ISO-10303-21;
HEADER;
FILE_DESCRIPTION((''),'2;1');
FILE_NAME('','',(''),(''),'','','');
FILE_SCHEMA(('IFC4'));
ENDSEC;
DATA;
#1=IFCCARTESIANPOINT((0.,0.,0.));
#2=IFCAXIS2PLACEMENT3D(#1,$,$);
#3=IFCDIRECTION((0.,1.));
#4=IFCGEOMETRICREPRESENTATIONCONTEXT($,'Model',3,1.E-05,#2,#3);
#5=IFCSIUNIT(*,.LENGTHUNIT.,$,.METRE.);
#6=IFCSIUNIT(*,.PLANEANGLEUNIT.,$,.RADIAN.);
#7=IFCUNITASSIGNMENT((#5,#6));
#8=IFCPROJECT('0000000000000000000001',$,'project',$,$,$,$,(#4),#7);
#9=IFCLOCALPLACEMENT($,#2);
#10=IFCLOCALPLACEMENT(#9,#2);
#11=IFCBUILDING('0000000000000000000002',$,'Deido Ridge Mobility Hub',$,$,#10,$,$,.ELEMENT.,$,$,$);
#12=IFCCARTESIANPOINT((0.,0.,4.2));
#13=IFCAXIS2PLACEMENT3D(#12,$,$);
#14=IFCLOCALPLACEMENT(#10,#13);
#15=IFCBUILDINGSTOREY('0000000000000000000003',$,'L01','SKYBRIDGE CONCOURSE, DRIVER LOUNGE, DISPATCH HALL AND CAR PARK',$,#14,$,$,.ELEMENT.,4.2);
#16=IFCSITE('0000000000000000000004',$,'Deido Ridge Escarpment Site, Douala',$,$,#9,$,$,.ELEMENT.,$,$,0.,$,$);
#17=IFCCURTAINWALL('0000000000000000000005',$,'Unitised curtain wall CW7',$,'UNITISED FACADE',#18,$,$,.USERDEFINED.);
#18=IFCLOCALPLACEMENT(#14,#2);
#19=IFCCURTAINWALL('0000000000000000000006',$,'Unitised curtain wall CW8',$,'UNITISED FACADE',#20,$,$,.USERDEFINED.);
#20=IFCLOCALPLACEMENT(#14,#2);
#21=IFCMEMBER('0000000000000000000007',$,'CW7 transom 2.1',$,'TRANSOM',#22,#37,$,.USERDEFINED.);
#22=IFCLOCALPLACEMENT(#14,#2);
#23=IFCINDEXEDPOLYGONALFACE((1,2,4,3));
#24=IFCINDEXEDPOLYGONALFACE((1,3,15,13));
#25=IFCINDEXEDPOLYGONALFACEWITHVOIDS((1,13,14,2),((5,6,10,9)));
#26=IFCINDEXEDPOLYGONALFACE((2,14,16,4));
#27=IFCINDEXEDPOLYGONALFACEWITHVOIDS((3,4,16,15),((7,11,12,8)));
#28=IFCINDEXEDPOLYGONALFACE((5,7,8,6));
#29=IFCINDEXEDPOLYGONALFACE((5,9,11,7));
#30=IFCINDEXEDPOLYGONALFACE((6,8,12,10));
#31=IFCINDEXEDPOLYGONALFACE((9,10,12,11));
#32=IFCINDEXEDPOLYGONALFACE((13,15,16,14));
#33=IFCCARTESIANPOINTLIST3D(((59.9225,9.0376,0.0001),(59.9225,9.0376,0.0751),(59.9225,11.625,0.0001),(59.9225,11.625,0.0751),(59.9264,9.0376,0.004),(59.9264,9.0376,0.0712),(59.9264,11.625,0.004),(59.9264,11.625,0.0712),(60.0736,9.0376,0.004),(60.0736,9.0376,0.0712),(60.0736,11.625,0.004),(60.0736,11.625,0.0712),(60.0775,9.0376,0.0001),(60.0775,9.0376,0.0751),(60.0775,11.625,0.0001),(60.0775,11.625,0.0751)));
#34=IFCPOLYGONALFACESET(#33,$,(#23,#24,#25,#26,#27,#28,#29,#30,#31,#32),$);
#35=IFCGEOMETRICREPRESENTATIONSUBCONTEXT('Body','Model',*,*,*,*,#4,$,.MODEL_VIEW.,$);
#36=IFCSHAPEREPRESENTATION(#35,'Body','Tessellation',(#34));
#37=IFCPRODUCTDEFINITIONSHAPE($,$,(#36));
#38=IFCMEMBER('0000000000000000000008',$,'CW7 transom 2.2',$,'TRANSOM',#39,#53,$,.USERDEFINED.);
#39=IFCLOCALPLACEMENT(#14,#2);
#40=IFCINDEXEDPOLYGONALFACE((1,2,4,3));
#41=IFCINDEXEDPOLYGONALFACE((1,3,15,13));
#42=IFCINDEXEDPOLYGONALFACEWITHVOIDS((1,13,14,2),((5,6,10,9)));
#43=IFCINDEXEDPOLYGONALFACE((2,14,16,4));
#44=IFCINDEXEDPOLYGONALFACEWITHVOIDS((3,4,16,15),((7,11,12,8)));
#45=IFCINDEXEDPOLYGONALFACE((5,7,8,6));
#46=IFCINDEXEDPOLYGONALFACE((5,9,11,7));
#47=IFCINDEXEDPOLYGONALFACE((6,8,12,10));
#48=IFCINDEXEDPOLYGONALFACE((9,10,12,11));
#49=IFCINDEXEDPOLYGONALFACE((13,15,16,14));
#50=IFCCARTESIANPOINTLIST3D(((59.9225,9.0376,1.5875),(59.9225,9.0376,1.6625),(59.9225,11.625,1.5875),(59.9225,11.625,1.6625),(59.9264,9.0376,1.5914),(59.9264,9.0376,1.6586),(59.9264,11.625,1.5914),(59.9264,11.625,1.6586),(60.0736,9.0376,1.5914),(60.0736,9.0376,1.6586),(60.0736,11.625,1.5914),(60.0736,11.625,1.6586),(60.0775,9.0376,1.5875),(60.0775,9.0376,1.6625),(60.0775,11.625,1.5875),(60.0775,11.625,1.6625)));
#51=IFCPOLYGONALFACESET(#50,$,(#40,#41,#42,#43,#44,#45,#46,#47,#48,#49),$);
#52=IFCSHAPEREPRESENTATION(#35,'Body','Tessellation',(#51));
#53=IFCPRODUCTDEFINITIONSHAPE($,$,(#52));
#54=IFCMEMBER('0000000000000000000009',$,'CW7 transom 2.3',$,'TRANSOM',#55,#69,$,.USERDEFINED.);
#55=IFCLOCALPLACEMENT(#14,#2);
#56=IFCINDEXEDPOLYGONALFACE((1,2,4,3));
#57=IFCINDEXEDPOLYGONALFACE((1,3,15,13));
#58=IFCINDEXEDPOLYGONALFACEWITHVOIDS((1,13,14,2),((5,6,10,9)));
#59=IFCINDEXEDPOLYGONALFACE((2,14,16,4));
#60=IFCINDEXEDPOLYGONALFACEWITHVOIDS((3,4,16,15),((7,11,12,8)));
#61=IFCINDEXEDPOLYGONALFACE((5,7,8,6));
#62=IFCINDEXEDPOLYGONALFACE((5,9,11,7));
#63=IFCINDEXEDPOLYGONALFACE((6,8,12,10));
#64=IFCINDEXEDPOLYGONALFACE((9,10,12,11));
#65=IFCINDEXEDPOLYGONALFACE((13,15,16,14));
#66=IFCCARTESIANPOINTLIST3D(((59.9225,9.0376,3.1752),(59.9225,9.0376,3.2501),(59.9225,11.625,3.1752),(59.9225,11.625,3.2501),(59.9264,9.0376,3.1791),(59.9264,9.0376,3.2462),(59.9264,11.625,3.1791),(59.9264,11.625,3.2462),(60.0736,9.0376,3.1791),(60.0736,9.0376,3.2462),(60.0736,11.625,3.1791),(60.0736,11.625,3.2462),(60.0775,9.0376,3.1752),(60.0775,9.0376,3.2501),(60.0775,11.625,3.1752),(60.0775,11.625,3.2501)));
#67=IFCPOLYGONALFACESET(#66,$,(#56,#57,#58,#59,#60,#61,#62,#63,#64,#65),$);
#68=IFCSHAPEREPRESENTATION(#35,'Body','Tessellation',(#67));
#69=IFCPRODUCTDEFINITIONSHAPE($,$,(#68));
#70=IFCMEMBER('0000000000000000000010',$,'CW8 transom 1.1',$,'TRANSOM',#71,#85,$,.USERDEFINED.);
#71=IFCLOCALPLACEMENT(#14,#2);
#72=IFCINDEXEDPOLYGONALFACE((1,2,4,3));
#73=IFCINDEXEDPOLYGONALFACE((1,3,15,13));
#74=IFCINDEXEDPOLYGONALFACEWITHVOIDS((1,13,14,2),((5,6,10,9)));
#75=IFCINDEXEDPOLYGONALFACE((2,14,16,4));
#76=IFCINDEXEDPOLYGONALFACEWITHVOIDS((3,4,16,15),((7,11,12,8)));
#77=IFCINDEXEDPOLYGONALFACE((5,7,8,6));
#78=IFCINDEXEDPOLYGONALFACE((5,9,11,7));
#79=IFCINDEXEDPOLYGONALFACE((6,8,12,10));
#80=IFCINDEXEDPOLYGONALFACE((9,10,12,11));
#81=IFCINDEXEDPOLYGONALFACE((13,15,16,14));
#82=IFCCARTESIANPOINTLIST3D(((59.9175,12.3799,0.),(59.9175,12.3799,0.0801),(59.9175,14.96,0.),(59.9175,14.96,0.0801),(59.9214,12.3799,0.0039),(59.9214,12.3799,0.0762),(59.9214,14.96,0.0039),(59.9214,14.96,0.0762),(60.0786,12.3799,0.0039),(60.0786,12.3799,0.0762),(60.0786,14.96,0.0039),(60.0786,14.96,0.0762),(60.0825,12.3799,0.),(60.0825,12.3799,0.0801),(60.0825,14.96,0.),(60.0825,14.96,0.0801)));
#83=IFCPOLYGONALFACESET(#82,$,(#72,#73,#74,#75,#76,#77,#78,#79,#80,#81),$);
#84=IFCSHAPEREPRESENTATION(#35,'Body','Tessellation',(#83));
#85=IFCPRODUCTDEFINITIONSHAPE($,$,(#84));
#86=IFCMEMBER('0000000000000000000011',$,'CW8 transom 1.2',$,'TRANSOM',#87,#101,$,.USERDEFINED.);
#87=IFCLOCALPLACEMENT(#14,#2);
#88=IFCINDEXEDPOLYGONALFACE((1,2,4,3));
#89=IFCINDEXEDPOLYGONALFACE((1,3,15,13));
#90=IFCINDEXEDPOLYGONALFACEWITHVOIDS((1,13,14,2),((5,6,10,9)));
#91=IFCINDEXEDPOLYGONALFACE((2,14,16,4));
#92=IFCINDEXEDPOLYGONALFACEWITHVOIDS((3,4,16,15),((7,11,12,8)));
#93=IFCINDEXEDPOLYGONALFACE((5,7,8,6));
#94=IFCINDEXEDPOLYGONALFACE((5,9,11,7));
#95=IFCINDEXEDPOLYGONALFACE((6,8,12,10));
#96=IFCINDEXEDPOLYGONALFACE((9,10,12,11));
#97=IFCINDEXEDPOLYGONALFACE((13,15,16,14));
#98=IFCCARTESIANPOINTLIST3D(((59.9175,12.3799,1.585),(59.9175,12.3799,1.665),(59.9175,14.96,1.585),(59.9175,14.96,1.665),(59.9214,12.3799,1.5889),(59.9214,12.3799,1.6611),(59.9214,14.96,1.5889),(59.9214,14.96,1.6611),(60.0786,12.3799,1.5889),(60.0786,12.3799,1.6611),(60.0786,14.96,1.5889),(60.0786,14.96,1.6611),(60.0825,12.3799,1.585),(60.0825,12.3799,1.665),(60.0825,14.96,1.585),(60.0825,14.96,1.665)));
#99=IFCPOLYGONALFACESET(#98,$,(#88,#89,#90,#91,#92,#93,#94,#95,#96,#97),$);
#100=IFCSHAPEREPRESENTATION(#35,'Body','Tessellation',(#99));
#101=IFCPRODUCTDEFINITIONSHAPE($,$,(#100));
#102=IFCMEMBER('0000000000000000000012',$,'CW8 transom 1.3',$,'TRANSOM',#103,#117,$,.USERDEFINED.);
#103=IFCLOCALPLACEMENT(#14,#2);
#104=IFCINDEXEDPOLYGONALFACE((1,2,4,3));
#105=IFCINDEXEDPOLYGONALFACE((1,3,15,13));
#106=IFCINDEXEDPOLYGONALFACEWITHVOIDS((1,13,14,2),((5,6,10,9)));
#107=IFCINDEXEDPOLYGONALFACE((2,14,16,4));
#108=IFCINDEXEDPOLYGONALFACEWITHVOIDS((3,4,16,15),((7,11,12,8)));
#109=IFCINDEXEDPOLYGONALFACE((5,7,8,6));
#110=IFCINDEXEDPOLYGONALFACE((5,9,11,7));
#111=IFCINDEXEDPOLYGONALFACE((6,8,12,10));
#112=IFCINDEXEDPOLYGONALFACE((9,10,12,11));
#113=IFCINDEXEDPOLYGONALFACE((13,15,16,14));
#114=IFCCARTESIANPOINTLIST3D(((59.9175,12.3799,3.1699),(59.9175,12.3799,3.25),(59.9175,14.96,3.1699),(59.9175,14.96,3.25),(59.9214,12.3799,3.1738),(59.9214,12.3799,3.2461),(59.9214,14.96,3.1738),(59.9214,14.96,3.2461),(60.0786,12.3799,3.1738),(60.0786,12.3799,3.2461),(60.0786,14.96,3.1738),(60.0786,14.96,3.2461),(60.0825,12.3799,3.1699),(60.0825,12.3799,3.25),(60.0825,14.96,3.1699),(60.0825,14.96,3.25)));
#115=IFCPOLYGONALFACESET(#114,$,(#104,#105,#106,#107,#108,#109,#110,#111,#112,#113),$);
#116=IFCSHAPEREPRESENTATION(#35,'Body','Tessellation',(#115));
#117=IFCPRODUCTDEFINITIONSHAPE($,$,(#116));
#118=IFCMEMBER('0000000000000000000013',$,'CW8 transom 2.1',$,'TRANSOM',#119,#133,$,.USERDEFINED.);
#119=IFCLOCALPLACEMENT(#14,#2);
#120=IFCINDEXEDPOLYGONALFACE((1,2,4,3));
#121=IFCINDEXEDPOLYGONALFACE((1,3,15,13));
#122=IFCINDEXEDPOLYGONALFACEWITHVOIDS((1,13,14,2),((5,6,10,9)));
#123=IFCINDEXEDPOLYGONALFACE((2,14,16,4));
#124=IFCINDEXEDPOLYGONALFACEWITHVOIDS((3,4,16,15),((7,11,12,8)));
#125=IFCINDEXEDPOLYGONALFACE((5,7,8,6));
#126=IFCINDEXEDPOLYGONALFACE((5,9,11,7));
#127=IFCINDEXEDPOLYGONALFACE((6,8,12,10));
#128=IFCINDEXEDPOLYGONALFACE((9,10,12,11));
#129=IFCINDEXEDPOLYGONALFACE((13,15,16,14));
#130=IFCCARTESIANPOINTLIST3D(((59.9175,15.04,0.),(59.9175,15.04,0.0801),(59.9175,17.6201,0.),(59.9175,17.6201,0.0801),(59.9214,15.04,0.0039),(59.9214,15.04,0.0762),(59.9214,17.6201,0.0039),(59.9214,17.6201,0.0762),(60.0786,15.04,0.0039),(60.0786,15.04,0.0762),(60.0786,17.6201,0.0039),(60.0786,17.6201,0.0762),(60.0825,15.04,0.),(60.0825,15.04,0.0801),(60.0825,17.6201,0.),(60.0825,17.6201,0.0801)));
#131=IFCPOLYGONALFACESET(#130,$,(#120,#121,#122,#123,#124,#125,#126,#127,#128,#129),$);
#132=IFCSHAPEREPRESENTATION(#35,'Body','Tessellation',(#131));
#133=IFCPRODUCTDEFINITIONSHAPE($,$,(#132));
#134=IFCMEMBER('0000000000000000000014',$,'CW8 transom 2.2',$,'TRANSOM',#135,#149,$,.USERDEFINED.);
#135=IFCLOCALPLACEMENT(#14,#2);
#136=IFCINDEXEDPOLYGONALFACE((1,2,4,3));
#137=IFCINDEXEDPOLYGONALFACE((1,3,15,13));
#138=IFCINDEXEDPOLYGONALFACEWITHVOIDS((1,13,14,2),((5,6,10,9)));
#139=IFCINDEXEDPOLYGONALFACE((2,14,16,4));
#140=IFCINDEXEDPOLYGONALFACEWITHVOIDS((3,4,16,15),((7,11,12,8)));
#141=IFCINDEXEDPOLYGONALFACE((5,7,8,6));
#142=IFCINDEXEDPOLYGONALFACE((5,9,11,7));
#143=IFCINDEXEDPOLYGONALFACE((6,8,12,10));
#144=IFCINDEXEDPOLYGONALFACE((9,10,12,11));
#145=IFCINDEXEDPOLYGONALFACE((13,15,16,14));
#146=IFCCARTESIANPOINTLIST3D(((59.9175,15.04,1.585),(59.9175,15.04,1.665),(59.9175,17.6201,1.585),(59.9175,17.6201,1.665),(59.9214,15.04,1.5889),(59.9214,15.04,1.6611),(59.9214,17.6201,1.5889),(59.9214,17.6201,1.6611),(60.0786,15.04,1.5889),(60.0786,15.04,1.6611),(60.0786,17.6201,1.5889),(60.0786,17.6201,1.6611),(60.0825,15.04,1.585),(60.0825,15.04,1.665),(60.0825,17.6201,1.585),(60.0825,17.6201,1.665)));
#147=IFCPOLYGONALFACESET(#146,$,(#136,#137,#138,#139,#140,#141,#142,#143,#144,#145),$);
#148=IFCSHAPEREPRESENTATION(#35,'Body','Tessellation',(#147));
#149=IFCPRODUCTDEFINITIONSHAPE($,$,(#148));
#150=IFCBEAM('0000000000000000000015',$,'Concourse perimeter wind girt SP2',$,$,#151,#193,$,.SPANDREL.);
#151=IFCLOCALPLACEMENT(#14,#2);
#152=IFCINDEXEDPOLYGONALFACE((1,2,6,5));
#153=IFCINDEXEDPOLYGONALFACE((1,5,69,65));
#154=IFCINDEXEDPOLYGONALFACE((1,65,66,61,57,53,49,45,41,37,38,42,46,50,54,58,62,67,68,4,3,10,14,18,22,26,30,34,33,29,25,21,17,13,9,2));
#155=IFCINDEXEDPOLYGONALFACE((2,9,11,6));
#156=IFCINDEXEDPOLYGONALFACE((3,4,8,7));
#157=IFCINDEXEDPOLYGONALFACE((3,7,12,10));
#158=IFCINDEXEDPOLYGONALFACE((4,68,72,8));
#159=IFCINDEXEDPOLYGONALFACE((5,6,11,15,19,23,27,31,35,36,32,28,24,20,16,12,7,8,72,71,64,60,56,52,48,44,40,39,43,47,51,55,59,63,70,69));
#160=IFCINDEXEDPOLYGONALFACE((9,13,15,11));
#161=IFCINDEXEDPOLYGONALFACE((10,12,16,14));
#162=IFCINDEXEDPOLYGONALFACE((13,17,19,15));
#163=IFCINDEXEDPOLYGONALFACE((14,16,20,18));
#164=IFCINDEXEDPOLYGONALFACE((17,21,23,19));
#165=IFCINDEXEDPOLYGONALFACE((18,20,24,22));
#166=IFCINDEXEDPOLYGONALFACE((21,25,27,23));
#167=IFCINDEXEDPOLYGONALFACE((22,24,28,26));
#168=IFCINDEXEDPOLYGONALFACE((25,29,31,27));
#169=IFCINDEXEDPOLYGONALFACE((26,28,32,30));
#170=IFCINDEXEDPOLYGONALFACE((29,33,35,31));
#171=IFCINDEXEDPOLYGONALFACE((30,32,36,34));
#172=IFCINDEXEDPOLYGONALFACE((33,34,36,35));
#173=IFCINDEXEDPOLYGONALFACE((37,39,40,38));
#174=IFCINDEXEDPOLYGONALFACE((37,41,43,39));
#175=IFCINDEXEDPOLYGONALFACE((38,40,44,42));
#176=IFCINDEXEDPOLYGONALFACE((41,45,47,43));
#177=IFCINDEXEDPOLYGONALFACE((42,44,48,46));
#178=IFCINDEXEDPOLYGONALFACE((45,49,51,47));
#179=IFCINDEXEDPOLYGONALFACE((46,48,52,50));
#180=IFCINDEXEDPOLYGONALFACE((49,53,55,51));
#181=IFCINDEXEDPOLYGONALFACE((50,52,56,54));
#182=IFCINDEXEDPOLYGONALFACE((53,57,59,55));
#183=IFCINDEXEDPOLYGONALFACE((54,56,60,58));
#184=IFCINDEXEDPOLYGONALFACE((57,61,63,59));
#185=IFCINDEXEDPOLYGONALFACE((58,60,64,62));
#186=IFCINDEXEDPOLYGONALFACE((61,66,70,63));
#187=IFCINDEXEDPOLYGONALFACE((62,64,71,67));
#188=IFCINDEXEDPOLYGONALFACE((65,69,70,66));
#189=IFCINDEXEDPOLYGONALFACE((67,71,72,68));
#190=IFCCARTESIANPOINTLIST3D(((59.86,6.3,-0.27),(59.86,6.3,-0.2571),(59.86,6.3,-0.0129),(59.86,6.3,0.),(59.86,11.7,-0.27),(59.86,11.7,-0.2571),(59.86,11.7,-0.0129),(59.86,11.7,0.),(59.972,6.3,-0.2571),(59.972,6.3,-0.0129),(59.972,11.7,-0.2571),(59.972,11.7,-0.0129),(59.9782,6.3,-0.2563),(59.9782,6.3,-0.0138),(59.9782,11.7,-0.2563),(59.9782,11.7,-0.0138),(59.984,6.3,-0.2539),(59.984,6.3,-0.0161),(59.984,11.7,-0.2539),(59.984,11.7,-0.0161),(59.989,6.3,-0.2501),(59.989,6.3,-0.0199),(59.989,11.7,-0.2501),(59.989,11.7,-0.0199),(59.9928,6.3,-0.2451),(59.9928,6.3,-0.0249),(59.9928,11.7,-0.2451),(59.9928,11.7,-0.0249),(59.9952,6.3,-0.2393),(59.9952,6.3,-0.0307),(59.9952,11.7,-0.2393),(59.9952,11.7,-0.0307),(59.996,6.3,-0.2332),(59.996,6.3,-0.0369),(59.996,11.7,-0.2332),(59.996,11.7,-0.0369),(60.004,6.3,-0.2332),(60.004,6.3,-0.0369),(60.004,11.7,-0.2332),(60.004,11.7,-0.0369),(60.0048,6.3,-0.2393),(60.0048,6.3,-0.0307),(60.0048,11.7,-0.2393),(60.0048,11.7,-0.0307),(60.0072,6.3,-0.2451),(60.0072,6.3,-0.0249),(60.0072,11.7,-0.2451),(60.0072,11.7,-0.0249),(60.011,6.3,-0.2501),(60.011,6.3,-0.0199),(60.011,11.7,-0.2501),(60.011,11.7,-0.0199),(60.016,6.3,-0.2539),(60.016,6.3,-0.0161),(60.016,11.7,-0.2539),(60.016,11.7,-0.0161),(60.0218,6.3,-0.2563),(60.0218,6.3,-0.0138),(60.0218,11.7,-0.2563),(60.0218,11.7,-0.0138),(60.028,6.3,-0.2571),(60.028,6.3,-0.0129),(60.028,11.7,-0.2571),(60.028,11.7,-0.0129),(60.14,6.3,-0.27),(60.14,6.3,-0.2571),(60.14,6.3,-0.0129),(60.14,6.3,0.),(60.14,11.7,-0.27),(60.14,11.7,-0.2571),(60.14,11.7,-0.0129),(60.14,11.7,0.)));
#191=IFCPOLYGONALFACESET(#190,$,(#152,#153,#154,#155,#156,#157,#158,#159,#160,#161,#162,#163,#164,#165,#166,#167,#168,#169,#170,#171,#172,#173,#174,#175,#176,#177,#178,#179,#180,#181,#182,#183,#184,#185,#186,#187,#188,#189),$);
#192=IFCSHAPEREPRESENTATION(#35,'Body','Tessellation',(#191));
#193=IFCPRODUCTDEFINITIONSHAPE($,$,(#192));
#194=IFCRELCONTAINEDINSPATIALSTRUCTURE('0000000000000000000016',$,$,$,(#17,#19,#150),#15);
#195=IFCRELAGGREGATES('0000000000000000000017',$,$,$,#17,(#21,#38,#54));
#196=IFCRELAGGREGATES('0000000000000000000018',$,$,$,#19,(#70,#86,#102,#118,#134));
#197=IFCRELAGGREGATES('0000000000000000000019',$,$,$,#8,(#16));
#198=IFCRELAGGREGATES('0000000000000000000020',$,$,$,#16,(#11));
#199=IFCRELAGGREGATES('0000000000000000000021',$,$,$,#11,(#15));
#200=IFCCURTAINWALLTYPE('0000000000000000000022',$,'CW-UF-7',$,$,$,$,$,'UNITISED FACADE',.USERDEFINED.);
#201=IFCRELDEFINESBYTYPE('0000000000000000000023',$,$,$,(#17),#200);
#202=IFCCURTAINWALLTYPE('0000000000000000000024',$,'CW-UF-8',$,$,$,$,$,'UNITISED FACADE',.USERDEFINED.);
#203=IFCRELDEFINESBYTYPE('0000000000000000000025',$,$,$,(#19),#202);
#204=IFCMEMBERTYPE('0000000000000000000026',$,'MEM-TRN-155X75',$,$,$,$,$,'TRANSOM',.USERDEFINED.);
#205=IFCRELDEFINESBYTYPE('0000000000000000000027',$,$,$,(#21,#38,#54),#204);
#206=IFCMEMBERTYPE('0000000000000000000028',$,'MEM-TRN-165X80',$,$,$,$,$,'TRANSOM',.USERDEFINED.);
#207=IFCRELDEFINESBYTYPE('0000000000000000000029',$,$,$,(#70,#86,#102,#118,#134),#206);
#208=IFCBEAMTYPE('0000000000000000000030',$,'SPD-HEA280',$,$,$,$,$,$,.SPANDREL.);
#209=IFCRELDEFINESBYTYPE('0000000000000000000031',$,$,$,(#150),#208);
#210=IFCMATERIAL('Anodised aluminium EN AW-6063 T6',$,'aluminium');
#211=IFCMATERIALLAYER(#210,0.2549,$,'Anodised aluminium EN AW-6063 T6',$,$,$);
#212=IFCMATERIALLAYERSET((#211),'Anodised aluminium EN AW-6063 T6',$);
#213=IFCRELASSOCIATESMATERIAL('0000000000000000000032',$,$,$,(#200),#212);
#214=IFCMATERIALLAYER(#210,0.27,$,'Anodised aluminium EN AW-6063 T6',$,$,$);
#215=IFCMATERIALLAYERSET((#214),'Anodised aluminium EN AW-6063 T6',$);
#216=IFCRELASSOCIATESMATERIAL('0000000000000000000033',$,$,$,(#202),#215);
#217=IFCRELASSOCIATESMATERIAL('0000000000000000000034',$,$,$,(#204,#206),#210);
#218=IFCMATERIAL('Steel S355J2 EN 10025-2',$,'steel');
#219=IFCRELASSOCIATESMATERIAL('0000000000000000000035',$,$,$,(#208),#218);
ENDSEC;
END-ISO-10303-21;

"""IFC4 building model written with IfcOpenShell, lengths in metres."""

from ifc_helpers import new_model, si_unit, direction, frame, origin, origin_2d, place, context, subcontext, project, spatial, hollow_rectangle, i_section, extrude, material, layer, layer_set, material_profile, profile_set, type_object, element, aggregate, save


model = new_model("IFC4")

# Units and contexts
model_context = context("Model", 3, precision=1e-05, world=origin(), true_north=direction((0.0, 1.0)))
body_context = subcontext(model_context, "Body", "Model", "MODEL_VIEW")
ifc_project = project(units=[si_unit("LENGTHUNIT", "METRE"), si_unit("PLANEANGLEUNIT", "RADIAN")], contexts=[model_context])

# Site, building, storey
site_placement = place(None, origin())
site = spatial("IfcSite", under=ifc_project, at=site_placement, Name="Deido Ridge Escarpment Site, Douala", CompositionType="ELEMENT", RefElevation=0.0)
building_placement = place(site_placement, origin())
building = spatial("IfcBuilding", under=site, at=building_placement, Name="Deido Ridge Mobility Hub", CompositionType="ELEMENT")
storey_placement = place(building_placement, frame((0.0, 0.0, 4.2)))
storey = spatial("IfcBuildingStorey", under=building, at=storey_placement, Name="L01", Description="SKYBRIDGE CONCOURSE, DRIVER LOUNGE, DISPATCH HALL AND CAR PARK", CompositionType="ELEMENT", Elevation=4.2)

# Shared definitions
ifc_material_1 = material(Name="Steel S355J2 EN 10025-2", Category="steel")

# Curtain walls
ifc_material_2 = material(Name="Anodised aluminium EN AW-6063 T6", Category="aluminium")
ifc_layer_1 = layer(ifc_material_2, 0.2549, Name="Anodised aluminium EN AW-6063 T6")
ifc_layer_set_1 = layer_set([ifc_layer_1], Name="Anodised aluminium EN AW-6063 T6")
curtain_wall_type_1 = type_object("IfcCurtainWallType", Name="CW-UF-7", ElementType="UNITISED FACADE", PredefinedType="USERDEFINED", material=ifc_layer_set_1)
curtain_wall_1_placement = place(storey_placement, origin())
curtain_wall_1 = element("IfcCurtainWall", 1, at=curtain_wall_1_placement, inside=storey, type_object=curtain_wall_type_1, Name="Unitised curtain wall CW7", ObjectType="UNITISED FACADE", PredefinedType="USERDEFINED")
ifc_layer_2 = layer(ifc_material_2, 0.27, Name="Anodised aluminium EN AW-6063 T6")
ifc_layer_set_2 = layer_set([ifc_layer_2], Name="Anodised aluminium EN AW-6063 T6")
curtain_wall_type_2 = type_object("IfcCurtainWallType", Name="CW-UF-8", ElementType="UNITISED FACADE", PredefinedType="USERDEFINED", material=ifc_layer_set_2)
curtain_wall_2_placement = place(storey_placement, origin())
curtain_wall_2 = element("IfcCurtainWall", 2, at=curtain_wall_2_placement, inside=storey, type_object=curtain_wall_type_2, Name="Unitised curtain wall CW8", ObjectType="UNITISED FACADE", PredefinedType="USERDEFINED")

# Members
ifc_material_profile_1 = material_profile(ifc_material_2, hollow_rectangle(XDim=0.155, YDim=0.075, WallThickness=0.0039, at=origin_2d()), Name="RHS 155x75x4")
ifc_profile_set_1 = profile_set([ifc_material_profile_1], Name="Anodised aluminium EN AW-6063 T6")
member_type_1 = type_object("IfcMemberType", Name="MEM-TRN-155X75", ElementType="TRANSOM", PredefinedType="USERDEFINED", material=ifc_profile_set_1)
member_1_placement = place(storey_placement, frame((60.0, 9.0376, 0.0376), z_axis=(0.0, 1.0, 0.0), x_axis=(-1.0, 0.0, 0.0)))
member_1 = element("IfcMember", 3, at=member_1_placement, type_object=member_type_1, Name="CW7 transom 2.1", ObjectType="TRANSOM", PredefinedType="USERDEFINED", context=body_context, shape_type="SweptSolid", body=[
    extrude(hollow_rectangle(XDim=0.155, YDim=0.075, WallThickness=0.0039, at=origin_2d()), origin(), (0.0, 0.0, 1.0), 2.5874),
])
member_2_placement = place(storey_placement, frame((60.0, 9.0376, 1.625), z_axis=(0.0, 1.0, 0.0), x_axis=(-1.0, 0.0, 0.0)))
member_2 = element("IfcMember", 4, at=member_2_placement, type_object=member_type_1, Name="CW7 transom 2.2", ObjectType="TRANSOM", PredefinedType="USERDEFINED", context=body_context, shape_type="SweptSolid", body=[
    extrude(hollow_rectangle(XDim=0.155, YDim=0.075, WallThickness=0.0039, at=origin_2d()), origin(), (0.0, 0.0, 1.0), 2.5874),
])
member_3_placement = place(storey_placement, frame((60.0, 9.0376, 3.2126), z_axis=(0.0, 1.0, 0.0), x_axis=(-1.0, 0.0, 0.0)))
member_3 = element("IfcMember", 5, at=member_3_placement, type_object=member_type_1, Name="CW7 transom 2.3", ObjectType="TRANSOM", PredefinedType="USERDEFINED", context=body_context, shape_type="SweptSolid", body=[
    extrude(hollow_rectangle(XDim=0.155, YDim=0.075, WallThickness=0.0039, at=origin_2d()), origin(), (0.0, 0.0, 1.0), 2.5874),
])
ifc_material_profile_2 = material_profile(ifc_material_2, hollow_rectangle(XDim=0.165, YDim=0.0801, WallThickness=0.0039, at=origin_2d()), Name="RHS 165x80x4")
ifc_profile_set_2 = profile_set([ifc_material_profile_2], Name="Anodised aluminium EN AW-6063 T6")
member_type_2 = type_object("IfcMemberType", Name="MEM-TRN-165X80", ElementType="TRANSOM", PredefinedType="USERDEFINED", material=ifc_profile_set_2)
member_4_placement = place(storey_placement, frame((60.0, 12.3799, 0.04), z_axis=(0.0, 1.0, 0.0), x_axis=(-1.0, 0.0, 0.0)))
member_4 = element("IfcMember", 6, at=member_4_placement, type_object=member_type_2, Name="CW8 transom 1.1", ObjectType="TRANSOM", PredefinedType="USERDEFINED", context=body_context, shape_type="SweptSolid", body=[
    extrude(hollow_rectangle(XDim=0.165, YDim=0.0801, WallThickness=0.0039, at=origin_2d()), origin(), (0.0, 0.0, 1.0), 2.5801),
])
member_5_placement = place(storey_placement, frame((60.0, 12.3799, 1.625), z_axis=(0.0, 1.0, 0.0), x_axis=(-1.0, 0.0, 0.0)))
member_5 = element("IfcMember", 7, at=member_5_placement, type_object=member_type_2, Name="CW8 transom 1.2", ObjectType="TRANSOM", PredefinedType="USERDEFINED", context=body_context, shape_type="SweptSolid", body=[
    extrude(hollow_rectangle(XDim=0.165, YDim=0.0801, WallThickness=0.0039, at=origin_2d()), origin(), (0.0, 0.0, 1.0), 2.5801),
])
member_6_placement = place(storey_placement, frame((60.0, 12.3799, 3.21), z_axis=(0.0, 1.0, 0.0), x_axis=(-1.0, 0.0, 0.0)))
member_6 = element("IfcMember", 8, at=member_6_placement, type_object=member_type_2, Name="CW8 transom 1.3", ObjectType="TRANSOM", PredefinedType="USERDEFINED", context=body_context, shape_type="SweptSolid", body=[
    extrude(hollow_rectangle(XDim=0.165, YDim=0.0801, WallThickness=0.0039, at=origin_2d()), origin(), (0.0, 0.0, 1.0), 2.5801),
])
member_7_placement = place(storey_placement, frame((60.0, 15.04, 0.04), z_axis=(0.0, 1.0, 0.0), x_axis=(-1.0, 0.0, 0.0)))
member_7 = element("IfcMember", 9, at=member_7_placement, type_object=member_type_2, Name="CW8 transom 2.1", ObjectType="TRANSOM", PredefinedType="USERDEFINED", context=body_context, shape_type="SweptSolid", body=[
    extrude(hollow_rectangle(XDim=0.165, YDim=0.0801, WallThickness=0.0039, at=origin_2d()), origin(), (0.0, 0.0, 1.0), 2.5801),
])
member_8_placement = place(storey_placement, frame((60.0, 15.04, 1.625), z_axis=(0.0, 1.0, 0.0), x_axis=(-1.0, 0.0, 0.0)))
member_8 = element("IfcMember", 10, at=member_8_placement, type_object=member_type_2, Name="CW8 transom 2.2", ObjectType="TRANSOM", PredefinedType="USERDEFINED", context=body_context, shape_type="SweptSolid", body=[
    extrude(hollow_rectangle(XDim=0.165, YDim=0.0801, WallThickness=0.0039, at=origin_2d()), origin(), (0.0, 0.0, 1.0), 2.5801),
])

# Beam
ifc_material_profile_3 = material_profile(ifc_material_1, i_section(OverallWidth=0.28, OverallDepth=0.27, WebThickness=0.0081, FlangeThickness=0.0129, FilletRadius=0.0239, at=origin_2d()), Name="HEA 280")
ifc_profile_set_3 = profile_set([ifc_material_profile_3], Name="Steel S355J2 EN 10025-2")
beam_type = type_object("IfcBeamType", Name="SPD-HEA280", PredefinedType="SPANDREL", material=ifc_profile_set_3)
for number, where, z_axis, x_axis, name in (
    (11, (60.0, 6.3, -0.135), (0.0, 1.0, 0.0), (-1.0, 0.0, 0.0), "Concourse perimeter wind girt SP2"),
):
    element("IfcBeam", number, at=place(storey_placement, frame(where, z_axis=z_axis, x_axis=x_axis)), inside=storey, type_object=beam_type, Name=name, PredefinedType="SPANDREL", context=body_context, shape_type="SweptSolid", body=[
        extrude(i_section(OverallWidth=0.28, OverallDepth=0.27, WebThickness=0.0081, FlangeThickness=0.0129, FilletRadius=0.0239, at=origin_2d()), origin(), (0.0, 0.0, 1.0), 5.3999),
    ])

aggregate(curtain_wall_1, [member_1, member_2, member_3])
aggregate(curtain_wall_2, [member_4, member_5, member_6, member_7, member_8])

save(model, "model.ifc")
